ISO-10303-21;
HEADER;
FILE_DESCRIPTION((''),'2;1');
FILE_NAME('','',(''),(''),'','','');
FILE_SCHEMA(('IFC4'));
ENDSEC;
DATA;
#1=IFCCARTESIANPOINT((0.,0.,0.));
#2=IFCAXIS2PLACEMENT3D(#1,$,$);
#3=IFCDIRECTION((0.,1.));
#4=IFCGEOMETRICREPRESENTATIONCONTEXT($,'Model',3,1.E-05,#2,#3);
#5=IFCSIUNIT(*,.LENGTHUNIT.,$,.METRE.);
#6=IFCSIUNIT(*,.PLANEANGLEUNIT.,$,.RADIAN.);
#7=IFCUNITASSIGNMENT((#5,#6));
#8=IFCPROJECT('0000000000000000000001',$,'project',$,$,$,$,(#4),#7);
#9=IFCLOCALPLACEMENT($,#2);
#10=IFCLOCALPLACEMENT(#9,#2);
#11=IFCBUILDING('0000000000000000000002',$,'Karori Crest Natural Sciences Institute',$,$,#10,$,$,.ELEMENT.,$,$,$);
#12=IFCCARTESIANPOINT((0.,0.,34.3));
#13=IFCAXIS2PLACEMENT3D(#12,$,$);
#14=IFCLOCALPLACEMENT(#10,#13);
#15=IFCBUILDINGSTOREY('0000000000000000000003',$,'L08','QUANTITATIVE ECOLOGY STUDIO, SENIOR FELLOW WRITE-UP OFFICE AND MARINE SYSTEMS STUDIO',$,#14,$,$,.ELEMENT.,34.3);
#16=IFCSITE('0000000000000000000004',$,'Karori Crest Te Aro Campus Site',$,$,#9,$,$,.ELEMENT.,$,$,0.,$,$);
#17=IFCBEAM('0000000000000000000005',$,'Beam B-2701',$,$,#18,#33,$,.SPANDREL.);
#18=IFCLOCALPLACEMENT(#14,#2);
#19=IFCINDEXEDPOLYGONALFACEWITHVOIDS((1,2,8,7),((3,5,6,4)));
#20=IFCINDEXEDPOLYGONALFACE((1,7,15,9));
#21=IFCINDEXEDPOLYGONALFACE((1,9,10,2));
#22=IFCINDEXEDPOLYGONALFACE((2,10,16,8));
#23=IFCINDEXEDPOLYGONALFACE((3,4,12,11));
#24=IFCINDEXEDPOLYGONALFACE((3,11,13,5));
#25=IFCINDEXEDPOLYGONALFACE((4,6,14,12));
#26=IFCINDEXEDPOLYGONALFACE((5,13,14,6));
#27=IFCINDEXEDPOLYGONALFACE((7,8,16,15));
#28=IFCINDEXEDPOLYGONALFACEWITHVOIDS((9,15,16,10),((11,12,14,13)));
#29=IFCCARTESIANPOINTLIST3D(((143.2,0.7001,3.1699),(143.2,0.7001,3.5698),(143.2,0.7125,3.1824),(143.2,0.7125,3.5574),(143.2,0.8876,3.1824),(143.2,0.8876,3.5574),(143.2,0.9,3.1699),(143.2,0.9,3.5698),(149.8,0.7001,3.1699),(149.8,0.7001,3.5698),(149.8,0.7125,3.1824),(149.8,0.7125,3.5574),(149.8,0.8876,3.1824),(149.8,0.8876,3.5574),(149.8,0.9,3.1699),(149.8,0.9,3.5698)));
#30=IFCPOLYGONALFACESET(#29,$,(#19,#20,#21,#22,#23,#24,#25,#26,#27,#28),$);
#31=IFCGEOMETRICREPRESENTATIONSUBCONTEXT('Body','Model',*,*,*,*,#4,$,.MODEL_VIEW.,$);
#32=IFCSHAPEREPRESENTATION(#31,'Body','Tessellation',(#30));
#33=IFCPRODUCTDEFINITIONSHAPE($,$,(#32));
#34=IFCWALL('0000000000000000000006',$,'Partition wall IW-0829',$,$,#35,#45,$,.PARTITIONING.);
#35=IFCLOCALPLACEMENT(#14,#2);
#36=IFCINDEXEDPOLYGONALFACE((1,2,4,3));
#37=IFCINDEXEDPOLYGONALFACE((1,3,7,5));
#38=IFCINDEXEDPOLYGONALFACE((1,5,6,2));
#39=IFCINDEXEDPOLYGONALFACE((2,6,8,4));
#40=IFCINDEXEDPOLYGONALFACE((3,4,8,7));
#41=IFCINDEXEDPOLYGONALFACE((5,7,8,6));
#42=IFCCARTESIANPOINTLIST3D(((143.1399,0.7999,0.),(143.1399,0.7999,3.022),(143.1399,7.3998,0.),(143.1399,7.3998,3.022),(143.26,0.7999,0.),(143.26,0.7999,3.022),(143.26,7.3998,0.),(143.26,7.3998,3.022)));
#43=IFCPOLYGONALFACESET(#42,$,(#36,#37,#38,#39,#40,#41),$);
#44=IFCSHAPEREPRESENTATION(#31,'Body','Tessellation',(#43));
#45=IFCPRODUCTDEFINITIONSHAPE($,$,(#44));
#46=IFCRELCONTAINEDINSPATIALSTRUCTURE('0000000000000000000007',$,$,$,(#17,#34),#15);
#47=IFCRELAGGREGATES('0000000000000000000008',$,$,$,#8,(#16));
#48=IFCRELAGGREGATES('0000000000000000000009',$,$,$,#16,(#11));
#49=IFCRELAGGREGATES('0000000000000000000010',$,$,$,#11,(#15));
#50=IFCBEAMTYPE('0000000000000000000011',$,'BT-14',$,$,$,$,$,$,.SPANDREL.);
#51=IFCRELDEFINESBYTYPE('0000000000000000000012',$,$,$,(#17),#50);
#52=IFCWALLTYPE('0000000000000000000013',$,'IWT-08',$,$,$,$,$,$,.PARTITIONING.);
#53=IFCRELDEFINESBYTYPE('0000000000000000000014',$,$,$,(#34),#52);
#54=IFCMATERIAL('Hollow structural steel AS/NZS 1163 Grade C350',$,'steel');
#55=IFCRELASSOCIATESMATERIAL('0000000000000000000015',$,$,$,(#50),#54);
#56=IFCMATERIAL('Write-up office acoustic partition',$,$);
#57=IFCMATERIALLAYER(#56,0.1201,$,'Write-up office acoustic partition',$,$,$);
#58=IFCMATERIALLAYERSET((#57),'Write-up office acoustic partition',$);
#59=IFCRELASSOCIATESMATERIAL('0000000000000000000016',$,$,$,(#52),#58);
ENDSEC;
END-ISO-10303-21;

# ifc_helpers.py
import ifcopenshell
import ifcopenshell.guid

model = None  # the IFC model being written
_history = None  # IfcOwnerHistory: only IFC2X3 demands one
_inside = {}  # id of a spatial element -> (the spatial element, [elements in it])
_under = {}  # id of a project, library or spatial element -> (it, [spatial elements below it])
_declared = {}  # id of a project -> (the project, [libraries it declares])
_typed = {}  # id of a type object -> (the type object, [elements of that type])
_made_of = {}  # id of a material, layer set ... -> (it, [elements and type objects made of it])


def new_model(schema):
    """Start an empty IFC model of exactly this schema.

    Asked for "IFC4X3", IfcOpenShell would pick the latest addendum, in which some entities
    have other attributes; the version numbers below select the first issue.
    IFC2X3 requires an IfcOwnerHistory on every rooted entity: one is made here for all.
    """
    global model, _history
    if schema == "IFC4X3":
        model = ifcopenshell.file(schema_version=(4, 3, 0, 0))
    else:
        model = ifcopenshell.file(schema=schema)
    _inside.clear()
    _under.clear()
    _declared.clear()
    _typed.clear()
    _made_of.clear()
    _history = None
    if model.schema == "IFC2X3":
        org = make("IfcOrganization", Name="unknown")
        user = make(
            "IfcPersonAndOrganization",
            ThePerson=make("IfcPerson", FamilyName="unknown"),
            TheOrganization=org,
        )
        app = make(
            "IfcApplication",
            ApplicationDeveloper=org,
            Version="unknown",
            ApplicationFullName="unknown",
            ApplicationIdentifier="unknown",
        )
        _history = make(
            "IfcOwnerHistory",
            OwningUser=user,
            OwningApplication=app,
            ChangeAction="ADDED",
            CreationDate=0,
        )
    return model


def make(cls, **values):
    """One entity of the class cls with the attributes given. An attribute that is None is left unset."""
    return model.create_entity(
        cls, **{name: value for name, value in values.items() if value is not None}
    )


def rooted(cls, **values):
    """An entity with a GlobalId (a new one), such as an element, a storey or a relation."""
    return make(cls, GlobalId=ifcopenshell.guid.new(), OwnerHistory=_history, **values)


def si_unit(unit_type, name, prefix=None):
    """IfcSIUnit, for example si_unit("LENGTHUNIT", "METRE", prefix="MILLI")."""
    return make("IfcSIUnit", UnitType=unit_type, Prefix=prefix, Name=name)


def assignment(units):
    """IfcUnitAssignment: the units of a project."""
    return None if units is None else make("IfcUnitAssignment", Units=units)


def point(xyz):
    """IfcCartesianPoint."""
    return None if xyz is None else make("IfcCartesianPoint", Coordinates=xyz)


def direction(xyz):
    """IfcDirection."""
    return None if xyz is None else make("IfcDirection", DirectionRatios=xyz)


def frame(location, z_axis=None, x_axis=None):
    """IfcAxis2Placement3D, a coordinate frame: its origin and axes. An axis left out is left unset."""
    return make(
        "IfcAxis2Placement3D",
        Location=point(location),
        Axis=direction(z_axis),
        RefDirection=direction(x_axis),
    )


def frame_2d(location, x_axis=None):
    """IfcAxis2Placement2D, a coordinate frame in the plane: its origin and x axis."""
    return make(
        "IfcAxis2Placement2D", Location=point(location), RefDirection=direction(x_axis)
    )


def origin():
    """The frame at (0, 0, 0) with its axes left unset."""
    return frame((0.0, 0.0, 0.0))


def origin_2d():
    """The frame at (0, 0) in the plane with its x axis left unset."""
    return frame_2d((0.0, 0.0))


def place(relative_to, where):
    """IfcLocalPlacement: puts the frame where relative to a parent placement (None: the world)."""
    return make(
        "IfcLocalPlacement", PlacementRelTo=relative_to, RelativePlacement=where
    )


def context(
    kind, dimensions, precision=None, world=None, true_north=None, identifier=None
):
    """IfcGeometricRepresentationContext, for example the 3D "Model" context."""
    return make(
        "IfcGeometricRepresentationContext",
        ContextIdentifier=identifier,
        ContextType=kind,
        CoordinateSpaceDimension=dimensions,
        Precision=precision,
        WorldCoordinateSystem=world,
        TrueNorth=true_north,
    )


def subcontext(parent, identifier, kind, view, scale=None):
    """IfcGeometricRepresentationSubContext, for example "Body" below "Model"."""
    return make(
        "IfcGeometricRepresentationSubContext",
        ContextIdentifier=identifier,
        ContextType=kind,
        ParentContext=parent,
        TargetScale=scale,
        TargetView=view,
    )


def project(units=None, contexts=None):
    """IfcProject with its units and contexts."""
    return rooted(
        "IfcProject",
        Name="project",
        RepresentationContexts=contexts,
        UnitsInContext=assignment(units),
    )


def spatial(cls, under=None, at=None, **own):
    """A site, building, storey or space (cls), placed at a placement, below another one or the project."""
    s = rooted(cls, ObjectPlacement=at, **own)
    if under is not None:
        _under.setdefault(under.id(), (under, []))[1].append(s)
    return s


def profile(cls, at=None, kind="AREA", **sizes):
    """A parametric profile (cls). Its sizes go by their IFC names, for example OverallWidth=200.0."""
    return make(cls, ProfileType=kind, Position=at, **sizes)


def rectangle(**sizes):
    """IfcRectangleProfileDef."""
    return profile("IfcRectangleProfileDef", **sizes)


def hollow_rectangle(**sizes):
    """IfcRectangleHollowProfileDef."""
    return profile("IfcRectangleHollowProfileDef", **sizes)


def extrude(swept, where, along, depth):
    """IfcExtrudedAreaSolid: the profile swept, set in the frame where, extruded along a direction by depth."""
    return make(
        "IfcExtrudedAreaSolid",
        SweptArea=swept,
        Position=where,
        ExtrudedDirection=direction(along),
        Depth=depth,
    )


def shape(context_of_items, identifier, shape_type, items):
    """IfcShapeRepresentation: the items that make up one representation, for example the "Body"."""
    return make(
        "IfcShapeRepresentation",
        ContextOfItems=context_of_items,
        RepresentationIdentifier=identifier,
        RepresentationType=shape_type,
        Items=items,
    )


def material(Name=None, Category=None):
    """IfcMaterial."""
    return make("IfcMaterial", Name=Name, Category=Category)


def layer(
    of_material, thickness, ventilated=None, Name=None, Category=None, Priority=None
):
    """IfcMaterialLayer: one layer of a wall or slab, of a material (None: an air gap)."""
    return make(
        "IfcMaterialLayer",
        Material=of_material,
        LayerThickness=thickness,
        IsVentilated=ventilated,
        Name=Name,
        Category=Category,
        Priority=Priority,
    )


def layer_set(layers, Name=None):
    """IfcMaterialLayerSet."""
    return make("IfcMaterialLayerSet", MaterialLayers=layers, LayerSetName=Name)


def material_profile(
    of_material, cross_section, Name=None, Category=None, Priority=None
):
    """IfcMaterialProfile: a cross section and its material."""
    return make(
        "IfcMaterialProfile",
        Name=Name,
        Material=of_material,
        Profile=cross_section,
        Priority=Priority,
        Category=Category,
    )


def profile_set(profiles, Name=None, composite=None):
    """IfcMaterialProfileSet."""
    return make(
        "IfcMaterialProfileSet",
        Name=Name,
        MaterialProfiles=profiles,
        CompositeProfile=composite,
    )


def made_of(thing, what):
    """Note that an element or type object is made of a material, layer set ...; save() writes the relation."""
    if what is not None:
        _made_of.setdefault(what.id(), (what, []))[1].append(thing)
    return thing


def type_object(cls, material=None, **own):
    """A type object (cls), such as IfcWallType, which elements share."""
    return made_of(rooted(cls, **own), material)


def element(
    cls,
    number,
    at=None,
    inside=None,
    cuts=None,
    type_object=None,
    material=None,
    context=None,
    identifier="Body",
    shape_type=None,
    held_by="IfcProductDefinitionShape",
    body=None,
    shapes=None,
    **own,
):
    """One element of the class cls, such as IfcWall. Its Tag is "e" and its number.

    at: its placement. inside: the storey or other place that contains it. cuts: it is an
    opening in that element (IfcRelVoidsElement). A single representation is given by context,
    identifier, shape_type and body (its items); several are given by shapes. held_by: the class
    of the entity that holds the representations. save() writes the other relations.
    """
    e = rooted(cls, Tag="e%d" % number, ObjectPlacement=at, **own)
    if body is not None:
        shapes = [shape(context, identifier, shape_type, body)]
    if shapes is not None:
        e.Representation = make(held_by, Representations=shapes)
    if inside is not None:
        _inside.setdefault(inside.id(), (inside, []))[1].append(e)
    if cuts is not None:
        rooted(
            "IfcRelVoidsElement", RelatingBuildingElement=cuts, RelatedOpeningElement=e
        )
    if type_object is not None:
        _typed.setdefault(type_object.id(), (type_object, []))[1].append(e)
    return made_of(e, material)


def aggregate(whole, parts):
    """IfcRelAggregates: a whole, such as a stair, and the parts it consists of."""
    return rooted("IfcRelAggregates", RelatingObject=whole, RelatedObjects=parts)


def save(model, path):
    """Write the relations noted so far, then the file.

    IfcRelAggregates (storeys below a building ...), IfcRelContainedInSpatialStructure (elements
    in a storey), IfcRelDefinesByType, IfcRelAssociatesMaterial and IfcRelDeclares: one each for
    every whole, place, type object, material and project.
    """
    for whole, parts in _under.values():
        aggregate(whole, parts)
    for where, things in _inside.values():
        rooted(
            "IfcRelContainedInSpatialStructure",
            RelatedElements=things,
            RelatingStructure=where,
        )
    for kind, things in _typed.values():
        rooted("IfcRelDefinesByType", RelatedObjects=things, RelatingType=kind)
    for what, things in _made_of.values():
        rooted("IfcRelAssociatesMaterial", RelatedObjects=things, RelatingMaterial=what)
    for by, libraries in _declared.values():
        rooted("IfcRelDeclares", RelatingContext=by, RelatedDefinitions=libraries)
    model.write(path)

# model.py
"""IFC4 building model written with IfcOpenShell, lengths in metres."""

from ifc_helpers import new_model, si_unit, direction, frame, frame_2d, origin, origin_2d, place, context, subcontext, project, spatial, rectangle, hollow_rectangle, extrude, material, layer, layer_set, material_profile, profile_set, type_object, element, save


model = new_model("IFC4")

# Units and contexts
model_context = context("Model", 3, precision=1e-05, world=origin(), true_north=direction((0.0, 1.0)))
body_context = subcontext(model_context, "Body", "Model", "MODEL_VIEW")
ifc_project = project(units=[si_unit("LENGTHUNIT", "METRE"), si_unit("PLANEANGLEUNIT", "RADIAN")], contexts=[model_context])

# Site, building, storey
site_placement = place(None, origin())
site = spatial("IfcSite", under=ifc_project, at=site_placement, Name="Karori Crest Te Aro Campus Site", CompositionType="ELEMENT", RefElevation=0.0)
building_placement = place(site_placement, origin())
building = spatial("IfcBuilding", under=site, at=building_placement, Name="Karori Crest Natural Sciences Institute", CompositionType="ELEMENT")
storey_placement = place(building_placement, frame((0.0, 0.0, 34.3)))
storey = spatial("IfcBuildingStorey", under=building, at=storey_placement, Name="L08", Description="QUANTITATIVE ECOLOGY STUDIO, SENIOR FELLOW WRITE-UP OFFICE AND MARINE SYSTEMS STUDIO", CompositionType="ELEMENT", Elevation=34.3)

# Beam
ifc_material_1 = material(Name="Hollow structural steel AS/NZS 1163 Grade C350", Category="steel")
ifc_material_profile_1 = material_profile(ifc_material_1, hollow_rectangle(XDim=0.2, YDim=0.3999, WallThickness=0.0125, at=origin_2d()), Name="RHS400x200x12.5")
ifc_profile_set_1 = profile_set([ifc_material_profile_1], Name="Hollow structural steel AS/NZS 1163 Grade C350")
beam_type_1 = type_object("IfcBeamType", Name="BT-14", PredefinedType="SPANDREL", material=ifc_profile_set_1)
beam_1_placement = place(storey_placement, frame((143.2, 0.8, 3.3699), z_axis=(1.0, 0.0, 0.0), x_axis=(0.0, 1.0, 0.0)))
element("IfcBeam", 1, at=beam_1_placement, inside=storey, type_object=beam_type_1, Name="Beam B-2701", PredefinedType="SPANDREL", context=body_context, shape_type="SweptSolid", body=[
    extrude(hollow_rectangle(XDim=0.2, YDim=0.3999, WallThickness=0.0125, at=origin_2d()), origin(), (0.0, 0.0, 1.0), 6.6001),
])

# Wall
ifc_material_2 = material(Name="Write-up office acoustic partition")
ifc_layer_1 = layer(ifc_material_2, 0.1201, Name="Write-up office acoustic partition")
ifc_layer_set_1 = layer_set([ifc_layer_1], Name="Write-up office acoustic partition")
wall_type_1 = type_object("IfcWallType", Name="IWT-08", PredefinedType="PARTITIONING", material=ifc_layer_set_1)
wall_1_placement = place(storey_placement, frame((143.2, 0.8, 0.0), z_axis=(0.0, 0.0, 1.0), x_axis=(0.0, 1.0, 0.0)))
element("IfcWall", 2, at=wall_1_placement, inside=storey, type_object=wall_type_1, Name="Partition wall IW-0829", PredefinedType="PARTITIONING", context=body_context, shape_type="SweptSolid", body=[
    extrude(rectangle(XDim=6.5999, YDim=0.1201, at=frame_2d((3.2998, 0.0))), origin(), (0.0, 0.0, 1.0), 3.022),
])

save(model, "model.ifc")
